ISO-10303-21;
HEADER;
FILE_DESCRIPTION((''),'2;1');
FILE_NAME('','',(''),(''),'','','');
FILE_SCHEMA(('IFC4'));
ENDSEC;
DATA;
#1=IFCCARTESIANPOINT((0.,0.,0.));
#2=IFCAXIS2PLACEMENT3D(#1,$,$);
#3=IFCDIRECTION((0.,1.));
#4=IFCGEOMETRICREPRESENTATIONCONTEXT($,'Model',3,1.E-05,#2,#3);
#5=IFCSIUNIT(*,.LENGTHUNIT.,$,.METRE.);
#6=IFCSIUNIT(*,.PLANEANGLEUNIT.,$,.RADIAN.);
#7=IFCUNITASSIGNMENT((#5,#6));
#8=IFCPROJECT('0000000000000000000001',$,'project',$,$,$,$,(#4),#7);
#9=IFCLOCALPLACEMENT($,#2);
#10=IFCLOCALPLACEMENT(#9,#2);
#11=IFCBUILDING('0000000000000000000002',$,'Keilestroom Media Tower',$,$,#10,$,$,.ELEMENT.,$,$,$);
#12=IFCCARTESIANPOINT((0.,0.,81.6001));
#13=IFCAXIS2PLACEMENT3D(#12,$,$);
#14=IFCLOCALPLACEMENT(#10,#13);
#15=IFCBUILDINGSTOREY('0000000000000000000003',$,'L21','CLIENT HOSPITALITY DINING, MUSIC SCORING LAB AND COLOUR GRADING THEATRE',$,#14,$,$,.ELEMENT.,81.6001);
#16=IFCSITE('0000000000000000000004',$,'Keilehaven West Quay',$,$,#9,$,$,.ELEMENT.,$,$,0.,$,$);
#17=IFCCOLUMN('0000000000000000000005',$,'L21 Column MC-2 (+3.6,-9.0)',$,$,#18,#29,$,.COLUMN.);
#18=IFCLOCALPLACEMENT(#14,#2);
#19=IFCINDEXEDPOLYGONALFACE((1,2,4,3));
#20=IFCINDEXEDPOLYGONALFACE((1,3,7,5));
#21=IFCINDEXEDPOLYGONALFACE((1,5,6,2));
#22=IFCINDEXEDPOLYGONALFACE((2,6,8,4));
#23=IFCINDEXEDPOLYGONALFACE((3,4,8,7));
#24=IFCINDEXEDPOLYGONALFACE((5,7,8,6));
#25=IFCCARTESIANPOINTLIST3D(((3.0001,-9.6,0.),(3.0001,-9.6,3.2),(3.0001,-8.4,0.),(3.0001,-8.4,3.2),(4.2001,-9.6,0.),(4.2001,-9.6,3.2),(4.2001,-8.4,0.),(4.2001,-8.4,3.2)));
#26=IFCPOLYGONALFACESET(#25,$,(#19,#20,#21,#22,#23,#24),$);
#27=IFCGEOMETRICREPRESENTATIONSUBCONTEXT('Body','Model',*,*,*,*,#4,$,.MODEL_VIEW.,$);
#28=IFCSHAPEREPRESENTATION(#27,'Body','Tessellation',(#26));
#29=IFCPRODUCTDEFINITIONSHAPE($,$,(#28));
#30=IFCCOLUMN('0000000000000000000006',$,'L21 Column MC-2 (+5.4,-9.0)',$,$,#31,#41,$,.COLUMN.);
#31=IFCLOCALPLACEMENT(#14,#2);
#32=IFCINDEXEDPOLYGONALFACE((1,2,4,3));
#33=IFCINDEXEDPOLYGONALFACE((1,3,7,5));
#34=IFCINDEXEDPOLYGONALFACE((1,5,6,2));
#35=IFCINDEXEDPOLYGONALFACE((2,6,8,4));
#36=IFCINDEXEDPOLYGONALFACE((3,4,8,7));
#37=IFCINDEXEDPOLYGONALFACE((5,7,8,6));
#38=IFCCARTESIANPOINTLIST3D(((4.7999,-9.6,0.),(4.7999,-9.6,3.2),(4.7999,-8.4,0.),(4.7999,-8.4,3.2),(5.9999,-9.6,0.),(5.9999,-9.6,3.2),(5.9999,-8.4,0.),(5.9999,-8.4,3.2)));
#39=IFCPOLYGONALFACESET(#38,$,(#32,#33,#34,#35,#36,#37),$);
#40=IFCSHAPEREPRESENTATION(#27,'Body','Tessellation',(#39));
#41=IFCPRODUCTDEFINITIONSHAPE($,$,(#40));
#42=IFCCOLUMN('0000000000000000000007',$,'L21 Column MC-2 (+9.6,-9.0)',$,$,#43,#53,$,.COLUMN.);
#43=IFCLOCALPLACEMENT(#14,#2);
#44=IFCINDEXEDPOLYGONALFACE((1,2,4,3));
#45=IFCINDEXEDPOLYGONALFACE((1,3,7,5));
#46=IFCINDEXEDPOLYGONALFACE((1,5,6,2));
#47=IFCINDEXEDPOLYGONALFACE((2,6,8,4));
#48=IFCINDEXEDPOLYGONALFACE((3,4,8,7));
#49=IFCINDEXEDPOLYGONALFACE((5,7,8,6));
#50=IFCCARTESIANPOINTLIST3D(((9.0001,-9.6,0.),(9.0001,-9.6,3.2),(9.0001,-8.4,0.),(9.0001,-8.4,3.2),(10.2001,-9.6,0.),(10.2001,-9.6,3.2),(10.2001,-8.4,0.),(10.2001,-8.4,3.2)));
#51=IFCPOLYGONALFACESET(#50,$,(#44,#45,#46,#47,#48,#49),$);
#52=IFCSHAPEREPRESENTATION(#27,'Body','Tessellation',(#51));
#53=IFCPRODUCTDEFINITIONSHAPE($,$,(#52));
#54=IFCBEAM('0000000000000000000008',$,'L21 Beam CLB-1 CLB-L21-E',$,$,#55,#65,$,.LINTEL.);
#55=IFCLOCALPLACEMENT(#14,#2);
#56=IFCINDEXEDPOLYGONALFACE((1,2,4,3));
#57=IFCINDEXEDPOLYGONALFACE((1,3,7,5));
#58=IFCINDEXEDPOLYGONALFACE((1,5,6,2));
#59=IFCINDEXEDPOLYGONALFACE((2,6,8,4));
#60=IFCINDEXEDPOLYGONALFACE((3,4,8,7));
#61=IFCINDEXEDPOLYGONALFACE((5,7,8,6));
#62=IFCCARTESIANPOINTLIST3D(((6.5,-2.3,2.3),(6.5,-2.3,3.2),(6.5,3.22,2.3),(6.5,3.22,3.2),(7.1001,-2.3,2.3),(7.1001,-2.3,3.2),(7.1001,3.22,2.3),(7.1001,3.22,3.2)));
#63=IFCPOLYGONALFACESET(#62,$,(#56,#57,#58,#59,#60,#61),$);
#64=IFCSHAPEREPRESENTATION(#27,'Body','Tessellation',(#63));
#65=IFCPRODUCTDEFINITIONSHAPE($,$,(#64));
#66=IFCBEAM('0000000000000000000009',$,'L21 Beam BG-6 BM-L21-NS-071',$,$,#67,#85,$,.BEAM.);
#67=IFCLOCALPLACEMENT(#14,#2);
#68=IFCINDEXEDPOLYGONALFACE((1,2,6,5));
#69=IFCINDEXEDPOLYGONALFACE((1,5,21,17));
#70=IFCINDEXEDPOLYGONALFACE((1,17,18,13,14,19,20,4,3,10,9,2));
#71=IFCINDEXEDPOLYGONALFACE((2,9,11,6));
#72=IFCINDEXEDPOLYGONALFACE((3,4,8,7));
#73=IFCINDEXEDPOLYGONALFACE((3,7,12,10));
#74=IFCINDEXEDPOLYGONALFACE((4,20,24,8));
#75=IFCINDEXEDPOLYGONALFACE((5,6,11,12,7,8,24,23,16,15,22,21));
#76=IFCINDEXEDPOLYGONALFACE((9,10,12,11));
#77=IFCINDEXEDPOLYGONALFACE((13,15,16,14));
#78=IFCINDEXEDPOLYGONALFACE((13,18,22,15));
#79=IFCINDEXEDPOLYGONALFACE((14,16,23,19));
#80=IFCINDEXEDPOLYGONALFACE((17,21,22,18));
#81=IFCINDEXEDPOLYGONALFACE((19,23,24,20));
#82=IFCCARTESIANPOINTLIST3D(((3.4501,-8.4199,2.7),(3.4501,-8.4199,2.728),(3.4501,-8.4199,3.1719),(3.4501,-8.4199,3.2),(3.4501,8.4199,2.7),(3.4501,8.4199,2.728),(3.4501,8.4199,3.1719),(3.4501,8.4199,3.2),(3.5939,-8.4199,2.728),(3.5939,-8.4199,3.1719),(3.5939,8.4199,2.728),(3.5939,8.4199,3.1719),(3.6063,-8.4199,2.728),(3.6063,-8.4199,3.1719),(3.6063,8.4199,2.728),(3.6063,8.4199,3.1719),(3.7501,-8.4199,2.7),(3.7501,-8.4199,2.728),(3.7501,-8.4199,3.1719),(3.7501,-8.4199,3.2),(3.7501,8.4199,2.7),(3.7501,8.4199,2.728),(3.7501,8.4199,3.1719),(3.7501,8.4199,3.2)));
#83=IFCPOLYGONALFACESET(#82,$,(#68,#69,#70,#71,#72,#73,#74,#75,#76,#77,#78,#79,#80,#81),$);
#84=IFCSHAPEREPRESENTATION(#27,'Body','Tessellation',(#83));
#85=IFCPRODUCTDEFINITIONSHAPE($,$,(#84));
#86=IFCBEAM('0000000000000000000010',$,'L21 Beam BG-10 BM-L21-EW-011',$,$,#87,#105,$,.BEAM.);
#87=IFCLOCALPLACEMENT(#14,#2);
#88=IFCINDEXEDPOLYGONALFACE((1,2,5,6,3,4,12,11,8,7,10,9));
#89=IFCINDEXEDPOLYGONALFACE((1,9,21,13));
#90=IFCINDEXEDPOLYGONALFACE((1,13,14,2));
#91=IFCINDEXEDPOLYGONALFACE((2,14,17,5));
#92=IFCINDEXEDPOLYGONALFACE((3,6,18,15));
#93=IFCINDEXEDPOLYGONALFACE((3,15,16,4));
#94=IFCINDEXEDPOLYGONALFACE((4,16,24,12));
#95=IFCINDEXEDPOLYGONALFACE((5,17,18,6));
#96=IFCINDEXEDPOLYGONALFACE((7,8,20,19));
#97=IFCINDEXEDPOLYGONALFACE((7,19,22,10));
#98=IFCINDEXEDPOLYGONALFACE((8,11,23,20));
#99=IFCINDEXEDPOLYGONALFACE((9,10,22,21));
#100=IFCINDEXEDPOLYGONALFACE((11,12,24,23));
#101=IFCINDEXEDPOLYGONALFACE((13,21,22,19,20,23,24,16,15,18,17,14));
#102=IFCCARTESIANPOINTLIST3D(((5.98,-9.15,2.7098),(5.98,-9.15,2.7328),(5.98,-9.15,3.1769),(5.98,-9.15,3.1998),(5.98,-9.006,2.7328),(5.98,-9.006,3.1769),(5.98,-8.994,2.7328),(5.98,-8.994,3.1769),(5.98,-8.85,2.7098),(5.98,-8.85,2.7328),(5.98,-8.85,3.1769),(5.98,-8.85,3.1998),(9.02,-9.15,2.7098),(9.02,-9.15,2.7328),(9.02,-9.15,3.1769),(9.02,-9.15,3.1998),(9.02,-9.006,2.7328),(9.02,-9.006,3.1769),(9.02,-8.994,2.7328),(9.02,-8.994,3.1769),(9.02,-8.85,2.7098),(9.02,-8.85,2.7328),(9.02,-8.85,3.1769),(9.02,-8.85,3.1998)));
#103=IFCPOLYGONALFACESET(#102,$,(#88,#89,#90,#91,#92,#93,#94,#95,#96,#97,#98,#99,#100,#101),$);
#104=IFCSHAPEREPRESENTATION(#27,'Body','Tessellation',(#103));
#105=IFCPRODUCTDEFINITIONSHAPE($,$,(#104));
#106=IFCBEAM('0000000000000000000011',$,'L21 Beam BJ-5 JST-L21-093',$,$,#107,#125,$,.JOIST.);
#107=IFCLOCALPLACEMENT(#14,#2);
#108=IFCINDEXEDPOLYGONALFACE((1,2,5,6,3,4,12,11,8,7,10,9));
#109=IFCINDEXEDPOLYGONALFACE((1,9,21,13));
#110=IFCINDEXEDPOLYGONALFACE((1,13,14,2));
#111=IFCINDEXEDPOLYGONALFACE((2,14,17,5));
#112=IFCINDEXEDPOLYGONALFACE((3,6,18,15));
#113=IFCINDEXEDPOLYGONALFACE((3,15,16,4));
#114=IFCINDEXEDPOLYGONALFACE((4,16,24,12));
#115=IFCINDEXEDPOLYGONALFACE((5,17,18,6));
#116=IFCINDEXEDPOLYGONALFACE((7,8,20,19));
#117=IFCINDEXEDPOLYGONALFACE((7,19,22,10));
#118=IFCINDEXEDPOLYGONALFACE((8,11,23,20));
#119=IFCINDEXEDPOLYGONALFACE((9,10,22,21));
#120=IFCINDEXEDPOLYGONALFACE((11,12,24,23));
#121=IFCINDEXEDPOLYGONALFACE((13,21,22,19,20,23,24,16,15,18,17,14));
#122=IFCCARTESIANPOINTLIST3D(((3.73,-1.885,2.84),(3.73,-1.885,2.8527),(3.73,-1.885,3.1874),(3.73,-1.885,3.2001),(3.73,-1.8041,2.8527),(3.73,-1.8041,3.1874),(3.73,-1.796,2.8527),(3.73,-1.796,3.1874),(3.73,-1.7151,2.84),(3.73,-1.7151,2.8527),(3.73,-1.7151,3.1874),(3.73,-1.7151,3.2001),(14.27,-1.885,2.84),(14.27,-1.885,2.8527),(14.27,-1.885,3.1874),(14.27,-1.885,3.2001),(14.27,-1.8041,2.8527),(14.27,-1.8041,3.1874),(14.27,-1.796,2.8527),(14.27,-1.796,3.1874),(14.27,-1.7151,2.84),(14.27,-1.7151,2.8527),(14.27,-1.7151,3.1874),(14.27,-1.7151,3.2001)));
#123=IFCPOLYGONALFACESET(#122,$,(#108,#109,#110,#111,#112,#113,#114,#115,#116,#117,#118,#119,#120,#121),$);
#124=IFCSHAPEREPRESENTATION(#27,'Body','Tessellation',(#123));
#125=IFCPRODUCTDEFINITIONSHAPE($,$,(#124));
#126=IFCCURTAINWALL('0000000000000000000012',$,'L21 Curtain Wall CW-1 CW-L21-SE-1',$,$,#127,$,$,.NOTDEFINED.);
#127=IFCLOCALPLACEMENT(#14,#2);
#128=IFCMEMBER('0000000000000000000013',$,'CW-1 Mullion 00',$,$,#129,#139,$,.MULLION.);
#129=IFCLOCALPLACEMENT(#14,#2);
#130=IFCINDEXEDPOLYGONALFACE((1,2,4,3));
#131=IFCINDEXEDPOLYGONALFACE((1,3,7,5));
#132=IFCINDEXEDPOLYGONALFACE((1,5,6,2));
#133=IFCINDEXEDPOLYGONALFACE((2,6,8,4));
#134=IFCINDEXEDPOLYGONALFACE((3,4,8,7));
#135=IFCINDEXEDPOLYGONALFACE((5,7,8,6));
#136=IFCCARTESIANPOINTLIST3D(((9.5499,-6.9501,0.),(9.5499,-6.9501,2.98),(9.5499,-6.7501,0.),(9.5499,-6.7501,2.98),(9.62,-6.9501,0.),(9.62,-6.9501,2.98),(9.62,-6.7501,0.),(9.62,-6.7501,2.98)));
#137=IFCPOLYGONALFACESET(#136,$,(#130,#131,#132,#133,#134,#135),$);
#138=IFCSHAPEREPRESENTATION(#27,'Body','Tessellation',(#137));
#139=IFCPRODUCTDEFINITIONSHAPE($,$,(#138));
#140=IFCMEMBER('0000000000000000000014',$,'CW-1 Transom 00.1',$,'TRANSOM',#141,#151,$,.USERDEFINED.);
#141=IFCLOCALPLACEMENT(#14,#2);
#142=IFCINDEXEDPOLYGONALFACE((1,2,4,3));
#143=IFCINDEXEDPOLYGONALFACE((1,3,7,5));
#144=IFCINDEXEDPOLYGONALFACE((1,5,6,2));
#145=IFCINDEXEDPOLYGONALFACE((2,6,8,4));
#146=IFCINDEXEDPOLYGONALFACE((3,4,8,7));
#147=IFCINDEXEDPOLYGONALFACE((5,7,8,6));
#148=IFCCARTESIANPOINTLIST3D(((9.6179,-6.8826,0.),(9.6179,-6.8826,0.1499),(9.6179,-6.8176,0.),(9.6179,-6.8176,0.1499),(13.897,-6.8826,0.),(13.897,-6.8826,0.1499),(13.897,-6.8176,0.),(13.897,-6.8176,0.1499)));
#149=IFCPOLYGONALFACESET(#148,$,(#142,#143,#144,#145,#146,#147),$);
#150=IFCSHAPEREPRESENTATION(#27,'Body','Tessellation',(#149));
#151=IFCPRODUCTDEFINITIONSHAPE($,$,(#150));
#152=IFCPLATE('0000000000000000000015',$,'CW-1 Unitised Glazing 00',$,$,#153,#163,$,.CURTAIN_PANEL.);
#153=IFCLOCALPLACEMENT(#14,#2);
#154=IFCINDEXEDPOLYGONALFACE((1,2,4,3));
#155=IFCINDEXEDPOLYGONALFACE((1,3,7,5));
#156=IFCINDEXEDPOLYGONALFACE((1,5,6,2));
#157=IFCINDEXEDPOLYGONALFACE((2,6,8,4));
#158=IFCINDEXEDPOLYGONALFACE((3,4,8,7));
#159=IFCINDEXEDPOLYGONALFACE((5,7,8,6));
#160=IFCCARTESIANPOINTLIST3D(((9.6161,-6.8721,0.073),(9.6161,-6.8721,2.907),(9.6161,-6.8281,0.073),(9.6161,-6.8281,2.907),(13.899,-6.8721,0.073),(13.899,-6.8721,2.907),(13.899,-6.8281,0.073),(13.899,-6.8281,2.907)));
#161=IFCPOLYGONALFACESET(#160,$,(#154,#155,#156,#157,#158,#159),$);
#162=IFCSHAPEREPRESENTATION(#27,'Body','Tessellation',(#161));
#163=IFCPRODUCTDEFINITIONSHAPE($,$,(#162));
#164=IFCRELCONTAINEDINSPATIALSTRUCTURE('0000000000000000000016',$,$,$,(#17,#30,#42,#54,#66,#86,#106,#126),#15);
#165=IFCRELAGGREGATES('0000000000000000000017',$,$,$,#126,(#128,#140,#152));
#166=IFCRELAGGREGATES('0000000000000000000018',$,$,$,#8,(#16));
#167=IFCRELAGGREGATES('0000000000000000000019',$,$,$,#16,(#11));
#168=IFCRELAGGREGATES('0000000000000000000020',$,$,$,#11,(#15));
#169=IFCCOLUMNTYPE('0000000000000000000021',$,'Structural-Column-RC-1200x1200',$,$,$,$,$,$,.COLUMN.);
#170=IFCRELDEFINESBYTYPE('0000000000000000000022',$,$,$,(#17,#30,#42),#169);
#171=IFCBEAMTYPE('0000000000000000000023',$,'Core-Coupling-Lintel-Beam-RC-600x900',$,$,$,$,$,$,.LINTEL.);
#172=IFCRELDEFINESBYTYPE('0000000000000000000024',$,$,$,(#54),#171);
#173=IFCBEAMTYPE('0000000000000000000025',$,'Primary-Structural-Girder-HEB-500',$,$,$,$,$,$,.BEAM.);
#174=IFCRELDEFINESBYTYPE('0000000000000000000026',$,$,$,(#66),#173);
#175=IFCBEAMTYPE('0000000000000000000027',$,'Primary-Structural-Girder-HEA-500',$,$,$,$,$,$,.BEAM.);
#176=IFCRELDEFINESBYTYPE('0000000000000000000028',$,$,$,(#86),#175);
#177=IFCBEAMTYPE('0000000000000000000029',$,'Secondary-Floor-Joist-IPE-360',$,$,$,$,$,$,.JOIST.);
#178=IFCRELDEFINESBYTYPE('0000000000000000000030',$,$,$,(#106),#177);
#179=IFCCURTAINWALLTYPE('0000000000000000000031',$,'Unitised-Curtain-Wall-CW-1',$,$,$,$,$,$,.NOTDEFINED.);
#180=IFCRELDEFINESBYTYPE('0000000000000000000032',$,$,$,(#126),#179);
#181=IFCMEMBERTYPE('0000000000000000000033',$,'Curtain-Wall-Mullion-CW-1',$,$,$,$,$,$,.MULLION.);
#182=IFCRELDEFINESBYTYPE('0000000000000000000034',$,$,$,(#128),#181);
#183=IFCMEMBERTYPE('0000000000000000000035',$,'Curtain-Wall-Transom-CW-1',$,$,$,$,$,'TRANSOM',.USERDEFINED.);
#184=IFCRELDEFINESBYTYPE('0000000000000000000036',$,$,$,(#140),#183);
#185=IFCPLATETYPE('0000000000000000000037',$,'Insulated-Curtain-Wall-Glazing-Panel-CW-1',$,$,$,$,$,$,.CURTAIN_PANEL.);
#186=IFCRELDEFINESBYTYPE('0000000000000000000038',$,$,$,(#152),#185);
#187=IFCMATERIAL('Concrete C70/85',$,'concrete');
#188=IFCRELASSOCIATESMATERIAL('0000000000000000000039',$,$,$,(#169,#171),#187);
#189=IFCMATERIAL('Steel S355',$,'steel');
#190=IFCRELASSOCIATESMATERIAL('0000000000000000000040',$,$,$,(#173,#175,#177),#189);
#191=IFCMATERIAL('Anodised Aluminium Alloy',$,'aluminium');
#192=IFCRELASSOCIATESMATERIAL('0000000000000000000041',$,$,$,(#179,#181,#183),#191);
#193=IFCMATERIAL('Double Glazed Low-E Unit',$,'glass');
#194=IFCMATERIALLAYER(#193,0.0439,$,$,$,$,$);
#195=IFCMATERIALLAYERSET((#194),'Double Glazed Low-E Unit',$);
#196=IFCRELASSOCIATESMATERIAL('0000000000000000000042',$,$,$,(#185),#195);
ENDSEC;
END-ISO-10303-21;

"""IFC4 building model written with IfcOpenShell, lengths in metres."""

from ifc_helpers import new_model, si_unit, direction, frame, origin, origin_2d, place, context, subcontext, project, spatial, rectangle, i_section, extrude, source, transform, mapped, material, layer, layer_set, material_profile, profile_set, type_object, element, aggregate, save


model = new_model("IFC4")

# Units and contexts
model_context = context("Model", 3, precision=1e-05, world=origin(), true_north=direction((0.0, 1.0)))
body_context = subcontext(model_context, "Body", "Model", "MODEL_VIEW")
ifc_project = project(units=[si_unit("LENGTHUNIT", "METRE"), si_unit("PLANEANGLEUNIT", "RADIAN")], contexts=[model_context])

# Site, building, storey
site_placement = place(None, origin())
site = spatial("IfcSite", under=ifc_project, at=site_placement, Name="Keilehaven West Quay", CompositionType="ELEMENT", RefElevation=0.0)
building_placement = place(site_placement, origin())
building = spatial("IfcBuilding", under=site, at=building_placement, Name="Keilestroom Media Tower", CompositionType="ELEMENT")
storey_placement = place(building_placement, frame((0.0, 0.0, 81.6001)))
storey = spatial("IfcBuildingStorey", under=building, at=storey_placement, Name="L21", Description="CLIENT HOSPITALITY DINING, MUSIC SCORING LAB AND COLOUR GRADING THEATRE", CompositionType="ELEMENT", Elevation=81.6001)

# Columns
ifc_material_1 = material(Name="Concrete C70/85", Category="concrete")
ifc_material_profile_1 = material_profile(ifc_material_1, rectangle(XDim=1.2, YDim=1.2, at=origin_2d()), Name="RC 1200x1200")
ifc_profile_set_1 = profile_set([ifc_material_profile_1], Name="Concrete C70/85")
column_type = type_object("IfcColumnType", Name="Structural-Column-RC-1200x1200", PredefinedType="COLUMN", material=ifc_profile_set_1)
shared_shape_1 = source(origin(), body_context, "Body", "SweptSolid", [
    extrude(rectangle(XDim=1.2, YDim=1.2, at=origin_2d()), origin(), (0.0, 0.0, 1.0), 3.2),
])
for number, where, z_axis, x_axis, name in (
    (1, (3.6001, -9.0, 0.0), (0.0, 0.0, 1.0), (1.0, 0.0, 0.0), "L21 Column MC-2 (+3.6,-9.0)"),
    (2, (5.3999, -9.0, 0.0), (0.0, 0.0, 1.0), (1.0, 0.0, 0.0), "L21 Column MC-2 (+5.4,-9.0)"),
    (3, (9.6001, -9.0, 0.0), (0.0, 0.0, 1.0), (1.0, 0.0, 0.0), "L21 Column MC-2 (+9.6,-9.0)"),
):
    element("IfcColumn", number, at=place(storey_placement, frame(where, z_axis=z_axis, x_axis=x_axis)), inside=storey, type_object=column_type, Name=name, PredefinedType="COLUMN", context=body_context, shape_type="MappedRepresentation", body=[
        mapped(shared_shape_1, transform((0.0, 0.0, 0.0), x_axis=(1.0, 0.0, 0.0), y_axis=(0.0, 1.0, 0.0), z_axis=(0.0, 0.0, 1.0), scale=1.0)),
    ])

# Beams
ifc_material_profile_2 = material_profile(ifc_material_1, rectangle(XDim=0.6001, YDim=0.8999, at=origin_2d()), Name="RC 600x900")
ifc_profile_set_2 = profile_set([ifc_material_profile_2], Name="Concrete C70/85")
beam_type_1 = type_object("IfcBeamType", Name="Core-Coupling-Lintel-Beam-RC-600x900", PredefinedType="LINTEL", material=ifc_profile_set_2)
shared_shape_2 = source(origin(), body_context, "Body", "SweptSolid", [
    extrude(rectangle(XDim=0.6001, YDim=0.8999, at=origin_2d()), origin(), (0.0, 0.0, 1.0), 5.52),
])
beam_1_placement = place(storey_placement, frame((6.8, -2.3, 2.75), z_axis=(0.0, 1.0, 0.0), x_axis=(-1.0, 0.0, 0.0)))
element("IfcBeam", 4, at=beam_1_placement, inside=storey, type_object=beam_type_1, Name="L21 Beam CLB-1 CLB-L21-E", PredefinedType="LINTEL", context=body_context, shape_type="MappedRepresentation", body=[
    mapped(shared_shape_2, transform((0.0, 0.0, 0.0), x_axis=(1.0, 0.0, 0.0), y_axis=(0.0, 1.0, 0.0), z_axis=(0.0, 0.0, 1.0), scale=1.0)),
])
ifc_material_2 = material(Name="Steel S355", Category="steel")
ifc_material_profile_3 = material_profile(ifc_material_2, i_section(OverallWidth=0.3, OverallDepth=0.5, WebThickness=0.0125, FlangeThickness=0.0281, at=origin_2d()), Name="HEB 500")
ifc_profile_set_3 = profile_set([ifc_material_profile_3], Name="Steel S355")
beam_type_2 = type_object("IfcBeamType", Name="Primary-Structural-Girder-HEB-500", PredefinedType="BEAM", material=ifc_profile_set_3)
shared_shape_3 = source(origin(), body_context, "Body", "SweptSolid", [
    extrude(i_section(OverallWidth=0.3, OverallDepth=0.5, WebThickness=0.0125, FlangeThickness=0.0281, at=origin_2d()), origin(), (0.0, 0.0, 1.0), 16.8398),
])
beam_2_placement = place(storey_placement, frame((3.6001, -8.4199, 2.95), z_axis=(0.0, 1.0, 0.0), x_axis=(-1.0, 0.0, 0.0)))
element("IfcBeam", 5, at=beam_2_placement, inside=storey, type_object=beam_type_2, Name="L21 Beam BG-6 BM-L21-NS-071", PredefinedType="BEAM", context=body_context, shape_type="MappedRepresentation", body=[
    mapped(shared_shape_3, transform((0.0, 0.0, 0.0), x_axis=(1.0, 0.0, 0.0), y_axis=(0.0, 1.0, 0.0), z_axis=(0.0, 0.0, 1.0), scale=1.0)),
])
ifc_material_profile_4 = material_profile(ifc_material_2, i_section(OverallWidth=0.3, OverallDepth=0.49, WebThickness=0.012, FlangeThickness=0.0229, at=origin_2d()), Name="HEA 500")
ifc_profile_set_4 = profile_set([ifc_material_profile_4], Name="Steel S355")
beam_type_3 = type_object("IfcBeamType", Name="Primary-Structural-Girder-HEA-500", PredefinedType="BEAM", material=ifc_profile_set_4)
shared_shape_4 = source(origin(), body_context, "Body", "SweptSolid", [
    extrude(i_section(OverallWidth=0.3, OverallDepth=0.49, WebThickness=0.012, FlangeThickness=0.0229, at=origin_2d()), origin(), (0.0, 0.0, 1.0), 3.04),
])
beam_3_placement = place(storey_placement, frame((5.98, -9.0, 2.9548), z_axis=(1.0, 0.0, 0.0), x_axis=(0.0, 1.0, 0.0)))
element("IfcBeam", 6, at=beam_3_placement, inside=storey, type_object=beam_type_3, Name="L21 Beam BG-10 BM-L21-EW-011", PredefinedType="BEAM", context=body_context, shape_type="MappedRepresentation", body=[
    mapped(shared_shape_4, transform((0.0, 0.0, 0.0), x_axis=(1.0, 0.0, 0.0), y_axis=(0.0, 1.0, 0.0), z_axis=(0.0, 0.0, 1.0), scale=1.0)),
])
ifc_material_profile_5 = material_profile(ifc_material_2, i_section(OverallWidth=0.1699, OverallDepth=0.3601, WebThickness=0.0081, FlangeThickness=0.0127, at=origin_2d()), Name="IPE 360")
ifc_profile_set_5 = profile_set([ifc_material_profile_5], Name="Steel S355")
beam_type_4 = type_object("IfcBeamType", Name="Secondary-Floor-Joist-IPE-360", PredefinedType="JOIST", material=ifc_profile_set_5)
shared_shape_5 = source(origin(), body_context, "Body", "SweptSolid", [
    extrude(i_section(OverallWidth=0.1699, OverallDepth=0.3601, WebThickness=0.0081, FlangeThickness=0.0127, at=origin_2d()), origin(), (0.0, 0.0, 1.0), 10.54),
])
beam_4_placement = place(storey_placement, frame((3.73, -1.8, 3.02), z_axis=(1.0, 0.0, 0.0), x_axis=(0.0, 1.0, 0.0)))
element("IfcBeam", 7, at=beam_4_placement, inside=storey, type_object=beam_type_4, Name="L21 Beam BJ-5 JST-L21-093", PredefinedType="JOIST", context=body_context, shape_type="MappedRepresentation", body=[
    mapped(shared_shape_5, transform((0.0, 0.0, 0.0), x_axis=(1.0, 0.0, 0.0), y_axis=(0.0, 1.0, 0.0), z_axis=(0.0, 0.0, 1.0), scale=1.0)),
])

# Curtain wall, members, plate
ifc_material_3 = material(Name="Anodised Aluminium Alloy", Category="aluminium")
curtain_wall_type = type_object("IfcCurtainWallType", Name="Unitised-Curtain-Wall-CW-1", PredefinedType="NOTDEFINED", material=ifc_material_3)
curtain_wall_placement = place(storey_placement, origin())
curtain_wall = element("IfcCurtainWall", 8, at=curtain_wall_placement, inside=storey, type_object=curtain_wall_type, Name="L21 Curtain Wall CW-1 CW-L21-SE-1", PredefinedType="NOTDEFINED")
ifc_material_profile_6 = material_profile(ifc_material_3, rectangle(XDim=0.0701, YDim=0.2, at=origin_2d()), Name="ALU MULLION 70x200")
ifc_profile_set_6 = profile_set([ifc_material_profile_6], Name="Anodised Aluminium Alloy")
member_type_1 = type_object("IfcMemberType", Name="Curtain-Wall-Mullion-CW-1", PredefinedType="MULLION", material=ifc_profile_set_6)
shared_shape_6 = source(origin(), body_context, "Body", "SweptSolid", [
    extrude(rectangle(XDim=0.0701, YDim=0.2, at=origin_2d()), origin(), (0.0, 0.0, 1.0), 2.98),
])
member_1_placement = place(storey_placement, frame((9.585, -6.8501, 0.0), z_axis=(0.0, 0.0, 1.0), x_axis=(1.0, 0.0, 0.0)))
member_1 = element("IfcMember", 9, at=member_1_placement, type_object=member_type_1, Name="CW-1 Mullion 00", PredefinedType="MULLION", context=body_context, shape_type="MappedRepresentation", body=[
    mapped(shared_shape_6, transform((0.0, 0.0, 0.0), x_axis=(1.0, 0.0, 0.0), y_axis=(0.0, 1.0, 0.0), z_axis=(0.0, 0.0, 1.0), scale=1.0)),
])
ifc_material_profile_7 = material_profile(ifc_material_3, rectangle(XDim=0.0649, YDim=0.1499, at=origin_2d()), Name="ALU TRANSOM 65x150")
ifc_profile_set_7 = profile_set([ifc_material_profile_7], Name="Anodised Aluminium Alloy")
member_type_2 = type_object("IfcMemberType", Name="Curtain-Wall-Transom-CW-1", ElementType="TRANSOM", PredefinedType="USERDEFINED", material=ifc_profile_set_7)
shared_shape_7 = source(origin(), body_context, "Body", "SweptSolid", [
    extrude(rectangle(XDim=0.0649, YDim=0.1499, at=origin_2d()), origin(), (0.0, 0.0, 1.0), 4.2791),
])
member_2_placement = place(storey_placement, frame((9.6179, -6.8501, 0.075), z_axis=(1.0, 0.0, 0.0), x_axis=(0.0, 1.0, 0.0)))
member_2 = element("IfcMember", 10, at=member_2_placement, type_object=member_type_2, Name="CW-1 Transom 00.1", ObjectType="TRANSOM", PredefinedType="USERDEFINED", context=body_context, shape_type="MappedRepresentation", body=[
    mapped(shared_shape_7, transform((0.0, 0.0, 0.0), x_axis=(1.0, 0.0, 0.0), y_axis=(0.0, 1.0, 0.0), z_axis=(0.0, 0.0, 1.0), scale=1.0)),
])
ifc_material_4 = material(Name="Double Glazed Low-E Unit", Category="glass")
ifc_layer_1 = layer(ifc_material_4, 0.0439)
ifc_layer_set_1 = layer_set([ifc_layer_1], Name="Double Glazed Low-E Unit")
plate_type = type_object("IfcPlateType", Name="Insulated-Curtain-Wall-Glazing-Panel-CW-1", PredefinedType="CURTAIN_PANEL", material=ifc_layer_set_1)
shared_shape_8 = source(origin(), body_context, "Body", "SweptSolid", [
    extrude(rectangle(XDim=4.283, YDim=0.0439, at=origin_2d()), origin(), (0.0, 0.0, 1.0), 2.834),
])
plate_placement = place(storey_placement, frame((11.7576, -6.8501, 0.073), z_axis=(0.0, 0.0, 1.0), x_axis=(1.0, 0.0, 0.0)))
plate = element("IfcPlate", 11, at=plate_placement, type_object=plate_type, Name="CW-1 Unitised Glazing 00", PredefinedType="CURTAIN_PANEL", context=body_context, shape_type="MappedRepresentation", body=[
    mapped(shared_shape_8, transform((0.0, 0.0, 0.0), x_axis=(1.0, 0.0, 0.0), y_axis=(0.0, 1.0, 0.0), z_axis=(0.0, 0.0, 1.0), scale=1.0)),
])
aggregate(curtain_wall, [member_1, member_2, plate])

save(model, "model.ifc")
